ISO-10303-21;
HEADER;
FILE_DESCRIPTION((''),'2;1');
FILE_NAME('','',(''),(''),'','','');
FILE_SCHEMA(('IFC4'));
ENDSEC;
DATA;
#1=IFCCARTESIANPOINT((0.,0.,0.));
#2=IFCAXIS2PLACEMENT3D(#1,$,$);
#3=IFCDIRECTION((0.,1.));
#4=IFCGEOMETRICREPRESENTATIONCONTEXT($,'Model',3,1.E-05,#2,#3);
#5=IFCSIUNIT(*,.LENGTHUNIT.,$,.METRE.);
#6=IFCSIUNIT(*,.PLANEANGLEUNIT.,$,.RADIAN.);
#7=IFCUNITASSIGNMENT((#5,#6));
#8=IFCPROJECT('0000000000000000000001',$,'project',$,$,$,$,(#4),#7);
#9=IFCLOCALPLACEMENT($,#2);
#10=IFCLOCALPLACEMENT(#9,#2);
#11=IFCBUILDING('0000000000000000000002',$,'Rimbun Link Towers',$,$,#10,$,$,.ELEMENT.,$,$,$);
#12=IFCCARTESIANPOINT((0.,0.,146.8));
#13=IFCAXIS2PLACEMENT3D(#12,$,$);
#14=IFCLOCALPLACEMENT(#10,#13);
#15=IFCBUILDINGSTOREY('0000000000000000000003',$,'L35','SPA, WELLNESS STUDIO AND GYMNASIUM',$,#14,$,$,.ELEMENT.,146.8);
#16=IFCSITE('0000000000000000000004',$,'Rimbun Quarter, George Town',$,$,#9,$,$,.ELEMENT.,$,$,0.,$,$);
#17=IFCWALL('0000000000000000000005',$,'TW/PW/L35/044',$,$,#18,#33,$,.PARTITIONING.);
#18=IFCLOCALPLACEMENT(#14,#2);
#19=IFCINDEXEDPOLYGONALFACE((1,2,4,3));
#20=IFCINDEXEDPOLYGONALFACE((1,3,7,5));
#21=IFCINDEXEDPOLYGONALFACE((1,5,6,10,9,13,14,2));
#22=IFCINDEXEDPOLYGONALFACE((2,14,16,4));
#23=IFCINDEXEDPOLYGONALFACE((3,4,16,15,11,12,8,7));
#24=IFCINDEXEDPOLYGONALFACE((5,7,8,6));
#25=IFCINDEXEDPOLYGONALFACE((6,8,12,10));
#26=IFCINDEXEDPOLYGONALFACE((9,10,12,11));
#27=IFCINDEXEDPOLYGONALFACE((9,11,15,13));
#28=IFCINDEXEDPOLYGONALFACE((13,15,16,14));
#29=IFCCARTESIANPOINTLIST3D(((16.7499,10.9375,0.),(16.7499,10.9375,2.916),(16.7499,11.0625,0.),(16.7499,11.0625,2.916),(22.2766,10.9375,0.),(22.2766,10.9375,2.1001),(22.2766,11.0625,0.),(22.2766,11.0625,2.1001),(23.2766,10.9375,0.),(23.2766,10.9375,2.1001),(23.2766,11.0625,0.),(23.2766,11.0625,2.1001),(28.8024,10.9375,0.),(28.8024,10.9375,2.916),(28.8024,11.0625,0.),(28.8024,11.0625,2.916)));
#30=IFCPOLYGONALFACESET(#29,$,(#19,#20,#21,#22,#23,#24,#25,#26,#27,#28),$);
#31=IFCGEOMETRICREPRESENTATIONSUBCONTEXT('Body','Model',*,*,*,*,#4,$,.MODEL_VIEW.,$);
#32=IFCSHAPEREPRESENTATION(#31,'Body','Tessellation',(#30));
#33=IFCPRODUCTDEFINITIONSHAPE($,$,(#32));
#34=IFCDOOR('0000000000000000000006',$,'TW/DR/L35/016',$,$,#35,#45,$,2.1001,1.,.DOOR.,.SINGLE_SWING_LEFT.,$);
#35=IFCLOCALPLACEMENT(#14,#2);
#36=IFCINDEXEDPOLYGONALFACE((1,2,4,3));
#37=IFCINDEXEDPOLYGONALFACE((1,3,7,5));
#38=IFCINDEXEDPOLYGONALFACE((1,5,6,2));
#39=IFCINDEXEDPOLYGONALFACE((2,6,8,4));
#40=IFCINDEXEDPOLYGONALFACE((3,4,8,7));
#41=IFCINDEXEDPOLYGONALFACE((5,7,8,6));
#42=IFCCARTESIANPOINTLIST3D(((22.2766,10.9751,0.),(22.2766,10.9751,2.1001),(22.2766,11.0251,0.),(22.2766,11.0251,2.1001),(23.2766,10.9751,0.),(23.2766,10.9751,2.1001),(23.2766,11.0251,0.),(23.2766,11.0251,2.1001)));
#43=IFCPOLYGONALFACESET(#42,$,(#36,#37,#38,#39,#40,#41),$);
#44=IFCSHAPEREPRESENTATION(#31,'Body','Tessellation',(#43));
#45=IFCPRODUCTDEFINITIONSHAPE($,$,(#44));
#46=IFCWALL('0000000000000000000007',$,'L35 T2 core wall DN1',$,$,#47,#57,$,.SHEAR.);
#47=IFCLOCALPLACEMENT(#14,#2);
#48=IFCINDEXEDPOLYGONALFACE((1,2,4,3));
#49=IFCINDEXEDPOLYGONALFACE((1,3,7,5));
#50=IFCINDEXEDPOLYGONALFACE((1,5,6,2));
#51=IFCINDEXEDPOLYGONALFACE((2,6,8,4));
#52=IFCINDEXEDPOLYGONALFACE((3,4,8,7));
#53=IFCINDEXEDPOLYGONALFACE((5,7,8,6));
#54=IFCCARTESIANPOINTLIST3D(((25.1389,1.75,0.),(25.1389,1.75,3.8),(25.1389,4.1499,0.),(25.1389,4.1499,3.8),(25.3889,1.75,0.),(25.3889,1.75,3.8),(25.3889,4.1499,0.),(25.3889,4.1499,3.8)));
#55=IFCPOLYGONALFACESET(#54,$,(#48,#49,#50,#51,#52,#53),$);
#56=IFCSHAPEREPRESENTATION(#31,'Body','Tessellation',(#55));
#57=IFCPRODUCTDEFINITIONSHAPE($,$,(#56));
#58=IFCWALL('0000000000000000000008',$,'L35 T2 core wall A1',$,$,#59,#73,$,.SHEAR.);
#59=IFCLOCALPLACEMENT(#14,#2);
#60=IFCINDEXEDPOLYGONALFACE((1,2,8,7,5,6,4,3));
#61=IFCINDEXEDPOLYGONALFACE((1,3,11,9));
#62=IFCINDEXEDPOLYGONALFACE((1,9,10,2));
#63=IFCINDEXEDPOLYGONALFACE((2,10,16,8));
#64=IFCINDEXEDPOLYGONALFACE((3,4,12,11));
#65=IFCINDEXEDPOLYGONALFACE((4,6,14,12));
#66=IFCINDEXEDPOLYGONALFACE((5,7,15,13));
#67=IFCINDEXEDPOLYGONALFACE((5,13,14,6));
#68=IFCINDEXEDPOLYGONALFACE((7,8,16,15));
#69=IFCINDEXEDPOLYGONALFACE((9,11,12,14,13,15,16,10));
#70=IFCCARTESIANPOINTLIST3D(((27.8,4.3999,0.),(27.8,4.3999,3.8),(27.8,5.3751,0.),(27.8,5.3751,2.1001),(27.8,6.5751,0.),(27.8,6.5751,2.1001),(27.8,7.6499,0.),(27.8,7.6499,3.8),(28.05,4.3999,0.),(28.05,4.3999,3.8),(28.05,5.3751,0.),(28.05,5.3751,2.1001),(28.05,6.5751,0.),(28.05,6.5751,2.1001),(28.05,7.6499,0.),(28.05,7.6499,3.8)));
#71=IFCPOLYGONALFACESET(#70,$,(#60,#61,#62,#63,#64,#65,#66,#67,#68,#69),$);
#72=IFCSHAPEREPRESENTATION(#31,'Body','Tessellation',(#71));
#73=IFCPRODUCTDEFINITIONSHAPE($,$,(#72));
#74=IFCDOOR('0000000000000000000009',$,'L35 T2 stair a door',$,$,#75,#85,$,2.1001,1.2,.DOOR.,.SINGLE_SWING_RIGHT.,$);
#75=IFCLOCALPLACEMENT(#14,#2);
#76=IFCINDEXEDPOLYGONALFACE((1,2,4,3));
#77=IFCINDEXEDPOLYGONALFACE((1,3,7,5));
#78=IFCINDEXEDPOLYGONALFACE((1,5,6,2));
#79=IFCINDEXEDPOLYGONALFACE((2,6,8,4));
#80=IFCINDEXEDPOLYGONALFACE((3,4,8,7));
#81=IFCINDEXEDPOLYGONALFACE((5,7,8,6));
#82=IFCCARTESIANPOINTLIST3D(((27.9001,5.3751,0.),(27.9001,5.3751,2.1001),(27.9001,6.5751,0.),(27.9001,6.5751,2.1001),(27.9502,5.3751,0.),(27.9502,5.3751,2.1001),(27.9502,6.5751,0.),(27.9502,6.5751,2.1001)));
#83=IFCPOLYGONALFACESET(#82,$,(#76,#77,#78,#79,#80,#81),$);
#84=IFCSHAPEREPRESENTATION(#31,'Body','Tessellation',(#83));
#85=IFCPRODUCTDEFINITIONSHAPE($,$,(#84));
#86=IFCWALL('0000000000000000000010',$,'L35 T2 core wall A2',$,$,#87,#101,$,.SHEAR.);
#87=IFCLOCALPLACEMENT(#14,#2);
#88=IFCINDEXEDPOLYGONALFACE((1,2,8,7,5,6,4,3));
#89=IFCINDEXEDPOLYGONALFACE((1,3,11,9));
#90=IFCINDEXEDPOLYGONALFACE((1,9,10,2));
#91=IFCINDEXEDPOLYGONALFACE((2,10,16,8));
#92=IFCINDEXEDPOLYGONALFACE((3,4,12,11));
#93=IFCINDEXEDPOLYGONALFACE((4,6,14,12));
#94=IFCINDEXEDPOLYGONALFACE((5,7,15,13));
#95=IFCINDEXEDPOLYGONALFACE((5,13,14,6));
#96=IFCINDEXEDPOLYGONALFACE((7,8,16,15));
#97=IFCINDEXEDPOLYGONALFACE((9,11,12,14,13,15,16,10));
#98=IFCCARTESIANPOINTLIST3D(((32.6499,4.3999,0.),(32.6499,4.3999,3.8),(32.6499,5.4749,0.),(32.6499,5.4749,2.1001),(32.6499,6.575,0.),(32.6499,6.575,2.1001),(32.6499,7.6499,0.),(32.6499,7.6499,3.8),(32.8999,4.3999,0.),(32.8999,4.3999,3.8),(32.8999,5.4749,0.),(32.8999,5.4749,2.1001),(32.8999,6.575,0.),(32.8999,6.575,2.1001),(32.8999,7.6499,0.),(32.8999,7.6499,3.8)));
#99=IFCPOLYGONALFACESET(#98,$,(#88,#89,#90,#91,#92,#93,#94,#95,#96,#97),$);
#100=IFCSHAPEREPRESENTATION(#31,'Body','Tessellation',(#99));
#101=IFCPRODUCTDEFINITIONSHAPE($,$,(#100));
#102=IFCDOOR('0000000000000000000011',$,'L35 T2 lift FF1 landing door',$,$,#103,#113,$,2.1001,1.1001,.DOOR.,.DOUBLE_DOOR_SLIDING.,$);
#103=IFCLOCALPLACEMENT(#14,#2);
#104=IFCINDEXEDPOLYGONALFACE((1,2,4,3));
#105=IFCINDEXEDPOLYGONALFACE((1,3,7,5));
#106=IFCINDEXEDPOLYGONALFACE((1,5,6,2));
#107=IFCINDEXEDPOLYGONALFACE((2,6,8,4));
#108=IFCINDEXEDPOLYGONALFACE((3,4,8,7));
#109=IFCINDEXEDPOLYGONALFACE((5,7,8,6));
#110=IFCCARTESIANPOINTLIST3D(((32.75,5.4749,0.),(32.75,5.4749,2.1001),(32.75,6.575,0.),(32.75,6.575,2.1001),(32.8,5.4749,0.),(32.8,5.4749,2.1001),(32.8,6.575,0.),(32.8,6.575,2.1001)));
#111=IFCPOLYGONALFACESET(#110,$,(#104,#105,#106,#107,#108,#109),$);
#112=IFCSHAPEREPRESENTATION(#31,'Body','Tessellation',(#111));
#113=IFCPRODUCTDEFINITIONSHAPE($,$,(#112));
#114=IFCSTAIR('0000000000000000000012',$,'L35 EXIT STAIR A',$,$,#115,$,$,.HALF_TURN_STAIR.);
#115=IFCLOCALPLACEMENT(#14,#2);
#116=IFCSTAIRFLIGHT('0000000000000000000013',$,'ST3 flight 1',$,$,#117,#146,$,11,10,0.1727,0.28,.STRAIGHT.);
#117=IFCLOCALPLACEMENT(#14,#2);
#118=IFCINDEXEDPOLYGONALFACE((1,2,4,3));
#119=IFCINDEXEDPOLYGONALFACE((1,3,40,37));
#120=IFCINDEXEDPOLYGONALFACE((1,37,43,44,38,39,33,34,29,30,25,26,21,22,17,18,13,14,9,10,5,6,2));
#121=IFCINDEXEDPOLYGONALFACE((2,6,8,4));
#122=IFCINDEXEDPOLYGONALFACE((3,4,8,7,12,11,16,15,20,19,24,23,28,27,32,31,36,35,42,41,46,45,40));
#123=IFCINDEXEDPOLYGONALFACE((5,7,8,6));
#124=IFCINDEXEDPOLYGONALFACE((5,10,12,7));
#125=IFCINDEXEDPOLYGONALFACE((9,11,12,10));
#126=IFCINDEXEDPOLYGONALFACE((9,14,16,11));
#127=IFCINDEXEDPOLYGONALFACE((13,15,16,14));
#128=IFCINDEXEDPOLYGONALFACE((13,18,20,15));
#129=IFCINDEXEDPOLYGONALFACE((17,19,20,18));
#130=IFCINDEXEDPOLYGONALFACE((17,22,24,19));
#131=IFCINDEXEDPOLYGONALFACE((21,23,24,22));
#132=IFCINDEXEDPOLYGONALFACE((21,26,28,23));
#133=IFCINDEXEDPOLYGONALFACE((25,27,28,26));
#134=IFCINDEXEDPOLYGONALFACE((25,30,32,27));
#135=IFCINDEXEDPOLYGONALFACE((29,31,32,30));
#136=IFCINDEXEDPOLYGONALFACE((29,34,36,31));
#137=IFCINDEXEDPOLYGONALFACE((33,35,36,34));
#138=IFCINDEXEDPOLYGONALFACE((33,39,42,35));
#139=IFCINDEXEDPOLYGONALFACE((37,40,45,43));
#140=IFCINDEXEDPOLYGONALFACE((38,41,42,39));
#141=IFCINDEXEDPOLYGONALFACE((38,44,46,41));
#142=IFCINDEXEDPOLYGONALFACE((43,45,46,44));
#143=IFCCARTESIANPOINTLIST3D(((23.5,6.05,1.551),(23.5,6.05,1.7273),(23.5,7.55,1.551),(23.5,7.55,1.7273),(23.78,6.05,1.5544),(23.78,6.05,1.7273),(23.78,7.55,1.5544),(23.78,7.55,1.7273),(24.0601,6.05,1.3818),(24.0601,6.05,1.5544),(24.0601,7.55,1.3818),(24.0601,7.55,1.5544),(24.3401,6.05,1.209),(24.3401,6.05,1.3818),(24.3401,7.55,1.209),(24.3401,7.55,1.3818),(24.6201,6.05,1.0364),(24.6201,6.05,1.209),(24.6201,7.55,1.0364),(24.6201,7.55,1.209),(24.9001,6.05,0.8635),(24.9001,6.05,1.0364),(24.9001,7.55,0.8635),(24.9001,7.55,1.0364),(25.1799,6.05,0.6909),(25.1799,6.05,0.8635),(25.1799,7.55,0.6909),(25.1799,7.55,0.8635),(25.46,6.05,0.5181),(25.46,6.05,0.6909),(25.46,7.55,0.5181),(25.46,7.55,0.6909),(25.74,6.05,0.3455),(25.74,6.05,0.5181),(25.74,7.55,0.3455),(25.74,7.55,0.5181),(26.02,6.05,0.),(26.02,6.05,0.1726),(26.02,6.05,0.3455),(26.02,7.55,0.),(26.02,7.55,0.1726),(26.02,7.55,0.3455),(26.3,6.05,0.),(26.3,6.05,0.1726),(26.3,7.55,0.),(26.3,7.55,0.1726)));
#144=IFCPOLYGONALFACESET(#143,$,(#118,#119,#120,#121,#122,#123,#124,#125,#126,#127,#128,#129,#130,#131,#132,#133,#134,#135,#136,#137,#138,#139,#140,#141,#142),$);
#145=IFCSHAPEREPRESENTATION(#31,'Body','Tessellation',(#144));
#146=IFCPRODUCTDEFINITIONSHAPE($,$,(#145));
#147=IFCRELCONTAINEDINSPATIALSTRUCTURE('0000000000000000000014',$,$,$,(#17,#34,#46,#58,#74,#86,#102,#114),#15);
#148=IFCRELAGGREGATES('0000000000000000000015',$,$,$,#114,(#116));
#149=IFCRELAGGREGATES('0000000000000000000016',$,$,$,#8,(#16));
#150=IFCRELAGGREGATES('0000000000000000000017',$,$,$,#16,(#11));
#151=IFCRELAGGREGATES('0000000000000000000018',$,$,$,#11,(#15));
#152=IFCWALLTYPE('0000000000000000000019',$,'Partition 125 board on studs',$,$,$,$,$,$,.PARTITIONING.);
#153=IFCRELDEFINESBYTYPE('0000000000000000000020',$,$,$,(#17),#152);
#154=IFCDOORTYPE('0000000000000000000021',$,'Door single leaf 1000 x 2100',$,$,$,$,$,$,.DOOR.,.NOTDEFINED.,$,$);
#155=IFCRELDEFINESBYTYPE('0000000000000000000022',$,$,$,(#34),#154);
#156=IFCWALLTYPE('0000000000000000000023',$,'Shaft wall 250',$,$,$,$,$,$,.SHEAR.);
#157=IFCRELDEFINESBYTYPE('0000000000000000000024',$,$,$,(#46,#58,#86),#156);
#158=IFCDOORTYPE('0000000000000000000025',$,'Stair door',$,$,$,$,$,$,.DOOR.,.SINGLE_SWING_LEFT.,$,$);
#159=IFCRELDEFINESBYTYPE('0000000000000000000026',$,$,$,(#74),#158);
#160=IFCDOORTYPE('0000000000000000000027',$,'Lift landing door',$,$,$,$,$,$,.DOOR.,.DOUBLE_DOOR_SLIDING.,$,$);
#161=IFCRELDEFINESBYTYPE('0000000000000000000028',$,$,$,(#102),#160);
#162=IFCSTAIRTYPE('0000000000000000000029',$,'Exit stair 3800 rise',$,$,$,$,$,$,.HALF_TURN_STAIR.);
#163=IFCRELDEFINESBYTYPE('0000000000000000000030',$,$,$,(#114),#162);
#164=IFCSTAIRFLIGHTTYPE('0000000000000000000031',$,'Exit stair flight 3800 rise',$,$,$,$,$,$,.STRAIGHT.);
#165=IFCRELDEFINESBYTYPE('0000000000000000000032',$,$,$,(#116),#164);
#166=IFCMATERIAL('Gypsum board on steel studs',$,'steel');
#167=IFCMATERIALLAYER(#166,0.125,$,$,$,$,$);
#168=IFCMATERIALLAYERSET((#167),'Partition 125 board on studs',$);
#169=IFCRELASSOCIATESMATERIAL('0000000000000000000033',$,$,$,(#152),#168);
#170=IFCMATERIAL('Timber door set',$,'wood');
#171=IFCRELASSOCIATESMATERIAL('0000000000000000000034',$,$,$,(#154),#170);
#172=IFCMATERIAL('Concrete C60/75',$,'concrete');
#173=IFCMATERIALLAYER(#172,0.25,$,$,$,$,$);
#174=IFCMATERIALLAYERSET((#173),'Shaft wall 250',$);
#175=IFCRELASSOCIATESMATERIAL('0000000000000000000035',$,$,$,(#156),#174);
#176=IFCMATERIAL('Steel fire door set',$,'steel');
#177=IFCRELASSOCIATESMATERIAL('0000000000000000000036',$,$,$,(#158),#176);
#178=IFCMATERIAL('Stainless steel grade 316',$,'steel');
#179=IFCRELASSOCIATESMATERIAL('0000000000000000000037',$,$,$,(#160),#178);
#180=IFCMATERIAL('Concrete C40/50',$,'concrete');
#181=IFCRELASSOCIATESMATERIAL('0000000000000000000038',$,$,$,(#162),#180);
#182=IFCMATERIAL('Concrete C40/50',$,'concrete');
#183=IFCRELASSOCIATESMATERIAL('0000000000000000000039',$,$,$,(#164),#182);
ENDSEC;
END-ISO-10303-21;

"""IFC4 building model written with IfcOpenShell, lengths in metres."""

from ifc_helpers import new_model, si_unit, direction, frame, frame_2d, origin, place, context, subcontext, project, spatial, polyline, rectangle, outline, extrude, material, layer, layer_set, type_object, element, fill, aggregate, save


model = new_model("IFC4")

# Units and contexts
model_context = context("Model", 3, precision=1e-05, world=origin(), true_north=direction((0.0, 1.0)))
body_context = subcontext(model_context, "Body", "Model", "MODEL_VIEW")
ifc_project = project(units=[si_unit("LENGTHUNIT", "METRE"), si_unit("PLANEANGLEUNIT", "RADIAN")], contexts=[model_context])

# Site, building, storey
site_placement = place(None, origin())
site = spatial("IfcSite", under=ifc_project, at=site_placement, Name="Rimbun Quarter, George Town", CompositionType="ELEMENT", RefElevation=0.0)
building_placement = place(site_placement, origin())
building = spatial("IfcBuilding", under=site, at=building_placement, Name="Rimbun Link Towers", CompositionType="ELEMENT")
storey_placement = place(building_placement, frame((0.0, 0.0, 146.8)))
storey = spatial("IfcBuildingStorey", under=building, at=storey_placement, Name="L35", Description="SPA, WELLNESS STUDIO AND GYMNASIUM", CompositionType="ELEMENT", Elevation=146.8)

# Wall, opening, door
ifc_material_1 = material(Name="Gypsum board on steel studs", Category="steel")
ifc_layer_1 = layer(ifc_material_1, 0.125)
ifc_layer_set_1 = layer_set([ifc_layer_1], Name="Partition 125 board on studs")
wall_type_1 = type_object("IfcWallType", Name="Partition 125 board on studs", PredefinedType="PARTITIONING", material=ifc_layer_set_1)
wall_1_placement = place(storey_placement, frame((28.8025, 11.0, 0.0), z_axis=(0.0, 0.0, 1.0), x_axis=(-1.0, 0.0, 0.0)))
wall_1 = element("IfcWall", 1, at=wall_1_placement, inside=storey, type_object=wall_type_1, Name="TW/PW/L35/044", PredefinedType="PARTITIONING", context=body_context, shape_type="SweptSolid", body=[
    extrude(rectangle(XDim=12.0525, YDim=0.125, at=frame_2d((6.0264, 0.0))), origin(), (0.0, 0.0, 1.0), 2.916),
])
opening_1_placement = place(wall_1_placement, frame((5.5259, 0.0, 0.0)))
opening_1 = element("IfcOpeningElement", 2, at=opening_1_placement, cuts=wall_1, PredefinedType="OPENING", context=body_context, shape_type="SweptSolid", body=[
    extrude(rectangle(XDim=1.0, YDim=2.1001, at=frame_2d((0.5, 1.05))), frame((0.0, 0.0725, 0.0), z_axis=(0.0, -1.0, 0.0), x_axis=(1.0, 0.0, 0.0)), (0.0, 0.0, 1.0), 0.145),
])
ifc_material_2 = material(Name="Timber door set", Category="wood")
door_type_1 = type_object("IfcDoorType", Name="Door single leaf 1000 x 2100", OperationType="NOTDEFINED", PredefinedType="DOOR", material=ifc_material_2)
door_1_placement = place(opening_1_placement, origin())
door_1 = element("IfcDoor", 3, at=door_1_placement, inside=storey, type_object=door_type_1, Name="TW/DR/L35/016", OperationType="SINGLE_SWING_LEFT", OverallHeight=2.1001, OverallWidth=1.0, PredefinedType="DOOR", context=body_context, shape_type="SweptSolid", body=[
    extrude(rectangle(XDim=1.0, YDim=2.1001, at=frame_2d((0.5, 1.05))), frame((0.0, 0.0249, 0.0), z_axis=(0.0, -1.0, 0.0), x_axis=(1.0, 0.0, 0.0)), (0.0, 0.0, 1.0), 0.05),
])
fill(opening_1, door_1)

# Wall
ifc_material_3 = material(Name="Concrete C60/75", Category="concrete")
ifc_layer_2 = layer(ifc_material_3, 0.25)
ifc_layer_set_2 = layer_set([ifc_layer_2], Name="Shaft wall 250")
wall_type_2 = type_object("IfcWallType", Name="Shaft wall 250", PredefinedType="SHEAR", material=ifc_layer_set_2)
wall_2_placement = place(storey_placement, frame((25.2639, 1.75, 0.0), z_axis=(0.0, 0.0, 1.0), x_axis=(0.0, 1.0, 0.0)))
element("IfcWall", 4, at=wall_2_placement, inside=storey, type_object=wall_type_2, Name="L35 T2 core wall DN1", PredefinedType="SHEAR", context=body_context, shape_type="SweptSolid", body=[
    extrude(rectangle(XDim=2.3999, YDim=0.25, at=frame_2d((1.2, 0.0))), origin(), (0.0, 0.0, 1.0), 3.8),
])

# Walls, openings, doors
wall_3_placement = place(storey_placement, frame((27.925, 4.3999, 0.0), z_axis=(0.0, 0.0, 1.0), x_axis=(0.0, 1.0, 0.0)))
wall_3 = element("IfcWall", 5, at=wall_3_placement, inside=storey, type_object=wall_type_2, Name="L35 T2 core wall A1", PredefinedType="SHEAR", context=body_context, shape_type="SweptSolid", body=[
    extrude(rectangle(XDim=3.25, YDim=0.25, at=frame_2d((1.625, 0.0))), origin(), (0.0, 0.0, 1.0), 3.8),
])
opening_2_placement = place(wall_3_placement, frame((0.9751, 0.0, 0.0)))
opening_2 = element("IfcOpeningElement", 6, at=opening_2_placement, cuts=wall_3, PredefinedType="OPENING", context=body_context, shape_type="SweptSolid", body=[
    extrude(rectangle(XDim=1.2, YDim=2.1001, at=frame_2d((0.6001, 1.05))), frame((0.0, 0.135, 0.0), z_axis=(0.0, -1.0, 0.0), x_axis=(1.0, 0.0, 0.0)), (0.0, 0.0, 1.0), 0.27),
])
ifc_material_4 = material(Name="Steel fire door set", Category="steel")
door_type_2 = type_object("IfcDoorType", Name="Stair door", OperationType="SINGLE_SWING_LEFT", PredefinedType="DOOR", material=ifc_material_4)
door_2_placement = place(opening_2_placement, origin())
door_2 = element("IfcDoor", 7, at=door_2_placement, inside=storey, type_object=door_type_2, Name="L35 T2 stair a door", OperationType="SINGLE_SWING_RIGHT", OverallHeight=2.1001, OverallWidth=1.2, PredefinedType="DOOR", context=body_context, shape_type="SweptSolid", body=[
    extrude(rectangle(XDim=1.2, YDim=2.1001, at=frame_2d((0.6001, 1.05))), frame((0.0, 0.0249, 0.0), z_axis=(0.0, -1.0, 0.0), x_axis=(1.0, 0.0, 0.0)), (0.0, 0.0, 1.0), 0.05),
])
fill(opening_2, door_2)
wall_4_placement = place(storey_placement, frame((32.7749, 4.3999, 0.0), z_axis=(0.0, 0.0, 1.0), x_axis=(0.0, 1.0, 0.0)))
wall_4 = element("IfcWall", 8, at=wall_4_placement, inside=storey, type_object=wall_type_2, Name="L35 T2 core wall A2", PredefinedType="SHEAR", context=body_context, shape_type="SweptSolid", body=[
    extrude(rectangle(XDim=3.25, YDim=0.25, at=frame_2d((1.625, 0.0))), origin(), (0.0, 0.0, 1.0), 3.8),
])
opening_3_placement = place(wall_4_placement, frame((1.075, 0.0, 0.0)))
opening_3 = element("IfcOpeningElement", 9, at=opening_3_placement, cuts=wall_4, PredefinedType="OPENING", context=body_context, shape_type="SweptSolid", body=[
    extrude(rectangle(XDim=1.1001, YDim=2.1001, at=frame_2d((0.55, 1.05))), frame((0.0, 0.135, 0.0), z_axis=(0.0, -1.0, 0.0), x_axis=(1.0, 0.0, 0.0)), (0.0, 0.0, 1.0), 0.27),
])
ifc_material_5 = material(Name="Stainless steel grade 316", Category="steel")
door_type_3 = type_object("IfcDoorType", Name="Lift landing door", OperationType="DOUBLE_DOOR_SLIDING", PredefinedType="DOOR", material=ifc_material_5)
door_3_placement = place(opening_3_placement, origin())
door_3 = element("IfcDoor", 10, at=door_3_placement, inside=storey, type_object=door_type_3, Name="L35 T2 lift FF1 landing door", OperationType="DOUBLE_DOOR_SLIDING", OverallHeight=2.1001, OverallWidth=1.1001, PredefinedType="DOOR", context=body_context, shape_type="SweptSolid", body=[
    extrude(rectangle(XDim=1.1001, YDim=2.1001, at=frame_2d((0.55, 1.05))), frame((0.0, 0.0249, 0.0), z_axis=(0.0, -1.0, 0.0), x_axis=(1.0, 0.0, 0.0)), (0.0, 0.0, 1.0), 0.05),
])
fill(opening_3, door_3)

# Stair, stair flight
ifc_material_6 = material(Name="Concrete C40/50", Category="concrete")
stair_type = type_object("IfcStairType", Name="Exit stair 3800 rise", PredefinedType="HALF_TURN_STAIR", material=ifc_material_6)
stair_placement = place(storey_placement, origin())
stair = element("IfcStair", 11, at=stair_placement, inside=storey, type_object=stair_type, Name="L35 EXIT STAIR A", PredefinedType="HALF_TURN_STAIR")
ifc_material_7 = material(Name="Concrete C40/50", Category="concrete")
stair_flight_type = type_object("IfcStairFlightType", Name="Exit stair flight 3800 rise", PredefinedType="STRAIGHT", material=ifc_material_7)
stair_flight_1_placement = place(storey_placement, frame((26.3, 6.8, 0.0), z_axis=(0.0, 0.0, 1.0), x_axis=(-1.0, 0.0, 0.0)))
stair_flight_1 = element("IfcStairFlight", 12, at=stair_flight_1_placement, type_object=stair_flight_type, Name="ST3 flight 1", NumberOfRisers=11, NumberOfTreads=10, PredefinedType="STRAIGHT", RiserHeight=0.1727, TreadLength=0.28, context=body_context, shape_type="SweptSolid", body=[
    extrude(outline(polyline([(0.0, 0.0), (0.0, 0.1726), (0.28, 0.1726), (0.28, 0.3455), (0.5601, 0.3455), (0.5601, 0.5181), (0.8401, 0.5181), (0.8401, 0.6909), (1.1201, 0.6909), (1.1201, 0.8635), (1.3999, 0.8635), (1.3999, 1.0364), (1.6799, 1.0364), (1.6799, 1.209), (1.96, 1.209), (1.96, 1.3818), (2.24, 1.3818), (2.24, 1.5544), (2.52, 1.5544), (2.52, 1.7273), (2.8, 1.7273), (2.8, 1.8999), (2.8, 1.551), (0.28, 0.0), (0.0, 0.0)])), frame((0.0, 0.75, 0.0), z_axis=(0.0, -1.0, 0.0), x_axis=(1.0, 0.0, 0.0)), (0.0, 0.0, 1.0), 1.5),
])
aggregate(stair, [stair_flight_1])

save(model, "model.ifc")
